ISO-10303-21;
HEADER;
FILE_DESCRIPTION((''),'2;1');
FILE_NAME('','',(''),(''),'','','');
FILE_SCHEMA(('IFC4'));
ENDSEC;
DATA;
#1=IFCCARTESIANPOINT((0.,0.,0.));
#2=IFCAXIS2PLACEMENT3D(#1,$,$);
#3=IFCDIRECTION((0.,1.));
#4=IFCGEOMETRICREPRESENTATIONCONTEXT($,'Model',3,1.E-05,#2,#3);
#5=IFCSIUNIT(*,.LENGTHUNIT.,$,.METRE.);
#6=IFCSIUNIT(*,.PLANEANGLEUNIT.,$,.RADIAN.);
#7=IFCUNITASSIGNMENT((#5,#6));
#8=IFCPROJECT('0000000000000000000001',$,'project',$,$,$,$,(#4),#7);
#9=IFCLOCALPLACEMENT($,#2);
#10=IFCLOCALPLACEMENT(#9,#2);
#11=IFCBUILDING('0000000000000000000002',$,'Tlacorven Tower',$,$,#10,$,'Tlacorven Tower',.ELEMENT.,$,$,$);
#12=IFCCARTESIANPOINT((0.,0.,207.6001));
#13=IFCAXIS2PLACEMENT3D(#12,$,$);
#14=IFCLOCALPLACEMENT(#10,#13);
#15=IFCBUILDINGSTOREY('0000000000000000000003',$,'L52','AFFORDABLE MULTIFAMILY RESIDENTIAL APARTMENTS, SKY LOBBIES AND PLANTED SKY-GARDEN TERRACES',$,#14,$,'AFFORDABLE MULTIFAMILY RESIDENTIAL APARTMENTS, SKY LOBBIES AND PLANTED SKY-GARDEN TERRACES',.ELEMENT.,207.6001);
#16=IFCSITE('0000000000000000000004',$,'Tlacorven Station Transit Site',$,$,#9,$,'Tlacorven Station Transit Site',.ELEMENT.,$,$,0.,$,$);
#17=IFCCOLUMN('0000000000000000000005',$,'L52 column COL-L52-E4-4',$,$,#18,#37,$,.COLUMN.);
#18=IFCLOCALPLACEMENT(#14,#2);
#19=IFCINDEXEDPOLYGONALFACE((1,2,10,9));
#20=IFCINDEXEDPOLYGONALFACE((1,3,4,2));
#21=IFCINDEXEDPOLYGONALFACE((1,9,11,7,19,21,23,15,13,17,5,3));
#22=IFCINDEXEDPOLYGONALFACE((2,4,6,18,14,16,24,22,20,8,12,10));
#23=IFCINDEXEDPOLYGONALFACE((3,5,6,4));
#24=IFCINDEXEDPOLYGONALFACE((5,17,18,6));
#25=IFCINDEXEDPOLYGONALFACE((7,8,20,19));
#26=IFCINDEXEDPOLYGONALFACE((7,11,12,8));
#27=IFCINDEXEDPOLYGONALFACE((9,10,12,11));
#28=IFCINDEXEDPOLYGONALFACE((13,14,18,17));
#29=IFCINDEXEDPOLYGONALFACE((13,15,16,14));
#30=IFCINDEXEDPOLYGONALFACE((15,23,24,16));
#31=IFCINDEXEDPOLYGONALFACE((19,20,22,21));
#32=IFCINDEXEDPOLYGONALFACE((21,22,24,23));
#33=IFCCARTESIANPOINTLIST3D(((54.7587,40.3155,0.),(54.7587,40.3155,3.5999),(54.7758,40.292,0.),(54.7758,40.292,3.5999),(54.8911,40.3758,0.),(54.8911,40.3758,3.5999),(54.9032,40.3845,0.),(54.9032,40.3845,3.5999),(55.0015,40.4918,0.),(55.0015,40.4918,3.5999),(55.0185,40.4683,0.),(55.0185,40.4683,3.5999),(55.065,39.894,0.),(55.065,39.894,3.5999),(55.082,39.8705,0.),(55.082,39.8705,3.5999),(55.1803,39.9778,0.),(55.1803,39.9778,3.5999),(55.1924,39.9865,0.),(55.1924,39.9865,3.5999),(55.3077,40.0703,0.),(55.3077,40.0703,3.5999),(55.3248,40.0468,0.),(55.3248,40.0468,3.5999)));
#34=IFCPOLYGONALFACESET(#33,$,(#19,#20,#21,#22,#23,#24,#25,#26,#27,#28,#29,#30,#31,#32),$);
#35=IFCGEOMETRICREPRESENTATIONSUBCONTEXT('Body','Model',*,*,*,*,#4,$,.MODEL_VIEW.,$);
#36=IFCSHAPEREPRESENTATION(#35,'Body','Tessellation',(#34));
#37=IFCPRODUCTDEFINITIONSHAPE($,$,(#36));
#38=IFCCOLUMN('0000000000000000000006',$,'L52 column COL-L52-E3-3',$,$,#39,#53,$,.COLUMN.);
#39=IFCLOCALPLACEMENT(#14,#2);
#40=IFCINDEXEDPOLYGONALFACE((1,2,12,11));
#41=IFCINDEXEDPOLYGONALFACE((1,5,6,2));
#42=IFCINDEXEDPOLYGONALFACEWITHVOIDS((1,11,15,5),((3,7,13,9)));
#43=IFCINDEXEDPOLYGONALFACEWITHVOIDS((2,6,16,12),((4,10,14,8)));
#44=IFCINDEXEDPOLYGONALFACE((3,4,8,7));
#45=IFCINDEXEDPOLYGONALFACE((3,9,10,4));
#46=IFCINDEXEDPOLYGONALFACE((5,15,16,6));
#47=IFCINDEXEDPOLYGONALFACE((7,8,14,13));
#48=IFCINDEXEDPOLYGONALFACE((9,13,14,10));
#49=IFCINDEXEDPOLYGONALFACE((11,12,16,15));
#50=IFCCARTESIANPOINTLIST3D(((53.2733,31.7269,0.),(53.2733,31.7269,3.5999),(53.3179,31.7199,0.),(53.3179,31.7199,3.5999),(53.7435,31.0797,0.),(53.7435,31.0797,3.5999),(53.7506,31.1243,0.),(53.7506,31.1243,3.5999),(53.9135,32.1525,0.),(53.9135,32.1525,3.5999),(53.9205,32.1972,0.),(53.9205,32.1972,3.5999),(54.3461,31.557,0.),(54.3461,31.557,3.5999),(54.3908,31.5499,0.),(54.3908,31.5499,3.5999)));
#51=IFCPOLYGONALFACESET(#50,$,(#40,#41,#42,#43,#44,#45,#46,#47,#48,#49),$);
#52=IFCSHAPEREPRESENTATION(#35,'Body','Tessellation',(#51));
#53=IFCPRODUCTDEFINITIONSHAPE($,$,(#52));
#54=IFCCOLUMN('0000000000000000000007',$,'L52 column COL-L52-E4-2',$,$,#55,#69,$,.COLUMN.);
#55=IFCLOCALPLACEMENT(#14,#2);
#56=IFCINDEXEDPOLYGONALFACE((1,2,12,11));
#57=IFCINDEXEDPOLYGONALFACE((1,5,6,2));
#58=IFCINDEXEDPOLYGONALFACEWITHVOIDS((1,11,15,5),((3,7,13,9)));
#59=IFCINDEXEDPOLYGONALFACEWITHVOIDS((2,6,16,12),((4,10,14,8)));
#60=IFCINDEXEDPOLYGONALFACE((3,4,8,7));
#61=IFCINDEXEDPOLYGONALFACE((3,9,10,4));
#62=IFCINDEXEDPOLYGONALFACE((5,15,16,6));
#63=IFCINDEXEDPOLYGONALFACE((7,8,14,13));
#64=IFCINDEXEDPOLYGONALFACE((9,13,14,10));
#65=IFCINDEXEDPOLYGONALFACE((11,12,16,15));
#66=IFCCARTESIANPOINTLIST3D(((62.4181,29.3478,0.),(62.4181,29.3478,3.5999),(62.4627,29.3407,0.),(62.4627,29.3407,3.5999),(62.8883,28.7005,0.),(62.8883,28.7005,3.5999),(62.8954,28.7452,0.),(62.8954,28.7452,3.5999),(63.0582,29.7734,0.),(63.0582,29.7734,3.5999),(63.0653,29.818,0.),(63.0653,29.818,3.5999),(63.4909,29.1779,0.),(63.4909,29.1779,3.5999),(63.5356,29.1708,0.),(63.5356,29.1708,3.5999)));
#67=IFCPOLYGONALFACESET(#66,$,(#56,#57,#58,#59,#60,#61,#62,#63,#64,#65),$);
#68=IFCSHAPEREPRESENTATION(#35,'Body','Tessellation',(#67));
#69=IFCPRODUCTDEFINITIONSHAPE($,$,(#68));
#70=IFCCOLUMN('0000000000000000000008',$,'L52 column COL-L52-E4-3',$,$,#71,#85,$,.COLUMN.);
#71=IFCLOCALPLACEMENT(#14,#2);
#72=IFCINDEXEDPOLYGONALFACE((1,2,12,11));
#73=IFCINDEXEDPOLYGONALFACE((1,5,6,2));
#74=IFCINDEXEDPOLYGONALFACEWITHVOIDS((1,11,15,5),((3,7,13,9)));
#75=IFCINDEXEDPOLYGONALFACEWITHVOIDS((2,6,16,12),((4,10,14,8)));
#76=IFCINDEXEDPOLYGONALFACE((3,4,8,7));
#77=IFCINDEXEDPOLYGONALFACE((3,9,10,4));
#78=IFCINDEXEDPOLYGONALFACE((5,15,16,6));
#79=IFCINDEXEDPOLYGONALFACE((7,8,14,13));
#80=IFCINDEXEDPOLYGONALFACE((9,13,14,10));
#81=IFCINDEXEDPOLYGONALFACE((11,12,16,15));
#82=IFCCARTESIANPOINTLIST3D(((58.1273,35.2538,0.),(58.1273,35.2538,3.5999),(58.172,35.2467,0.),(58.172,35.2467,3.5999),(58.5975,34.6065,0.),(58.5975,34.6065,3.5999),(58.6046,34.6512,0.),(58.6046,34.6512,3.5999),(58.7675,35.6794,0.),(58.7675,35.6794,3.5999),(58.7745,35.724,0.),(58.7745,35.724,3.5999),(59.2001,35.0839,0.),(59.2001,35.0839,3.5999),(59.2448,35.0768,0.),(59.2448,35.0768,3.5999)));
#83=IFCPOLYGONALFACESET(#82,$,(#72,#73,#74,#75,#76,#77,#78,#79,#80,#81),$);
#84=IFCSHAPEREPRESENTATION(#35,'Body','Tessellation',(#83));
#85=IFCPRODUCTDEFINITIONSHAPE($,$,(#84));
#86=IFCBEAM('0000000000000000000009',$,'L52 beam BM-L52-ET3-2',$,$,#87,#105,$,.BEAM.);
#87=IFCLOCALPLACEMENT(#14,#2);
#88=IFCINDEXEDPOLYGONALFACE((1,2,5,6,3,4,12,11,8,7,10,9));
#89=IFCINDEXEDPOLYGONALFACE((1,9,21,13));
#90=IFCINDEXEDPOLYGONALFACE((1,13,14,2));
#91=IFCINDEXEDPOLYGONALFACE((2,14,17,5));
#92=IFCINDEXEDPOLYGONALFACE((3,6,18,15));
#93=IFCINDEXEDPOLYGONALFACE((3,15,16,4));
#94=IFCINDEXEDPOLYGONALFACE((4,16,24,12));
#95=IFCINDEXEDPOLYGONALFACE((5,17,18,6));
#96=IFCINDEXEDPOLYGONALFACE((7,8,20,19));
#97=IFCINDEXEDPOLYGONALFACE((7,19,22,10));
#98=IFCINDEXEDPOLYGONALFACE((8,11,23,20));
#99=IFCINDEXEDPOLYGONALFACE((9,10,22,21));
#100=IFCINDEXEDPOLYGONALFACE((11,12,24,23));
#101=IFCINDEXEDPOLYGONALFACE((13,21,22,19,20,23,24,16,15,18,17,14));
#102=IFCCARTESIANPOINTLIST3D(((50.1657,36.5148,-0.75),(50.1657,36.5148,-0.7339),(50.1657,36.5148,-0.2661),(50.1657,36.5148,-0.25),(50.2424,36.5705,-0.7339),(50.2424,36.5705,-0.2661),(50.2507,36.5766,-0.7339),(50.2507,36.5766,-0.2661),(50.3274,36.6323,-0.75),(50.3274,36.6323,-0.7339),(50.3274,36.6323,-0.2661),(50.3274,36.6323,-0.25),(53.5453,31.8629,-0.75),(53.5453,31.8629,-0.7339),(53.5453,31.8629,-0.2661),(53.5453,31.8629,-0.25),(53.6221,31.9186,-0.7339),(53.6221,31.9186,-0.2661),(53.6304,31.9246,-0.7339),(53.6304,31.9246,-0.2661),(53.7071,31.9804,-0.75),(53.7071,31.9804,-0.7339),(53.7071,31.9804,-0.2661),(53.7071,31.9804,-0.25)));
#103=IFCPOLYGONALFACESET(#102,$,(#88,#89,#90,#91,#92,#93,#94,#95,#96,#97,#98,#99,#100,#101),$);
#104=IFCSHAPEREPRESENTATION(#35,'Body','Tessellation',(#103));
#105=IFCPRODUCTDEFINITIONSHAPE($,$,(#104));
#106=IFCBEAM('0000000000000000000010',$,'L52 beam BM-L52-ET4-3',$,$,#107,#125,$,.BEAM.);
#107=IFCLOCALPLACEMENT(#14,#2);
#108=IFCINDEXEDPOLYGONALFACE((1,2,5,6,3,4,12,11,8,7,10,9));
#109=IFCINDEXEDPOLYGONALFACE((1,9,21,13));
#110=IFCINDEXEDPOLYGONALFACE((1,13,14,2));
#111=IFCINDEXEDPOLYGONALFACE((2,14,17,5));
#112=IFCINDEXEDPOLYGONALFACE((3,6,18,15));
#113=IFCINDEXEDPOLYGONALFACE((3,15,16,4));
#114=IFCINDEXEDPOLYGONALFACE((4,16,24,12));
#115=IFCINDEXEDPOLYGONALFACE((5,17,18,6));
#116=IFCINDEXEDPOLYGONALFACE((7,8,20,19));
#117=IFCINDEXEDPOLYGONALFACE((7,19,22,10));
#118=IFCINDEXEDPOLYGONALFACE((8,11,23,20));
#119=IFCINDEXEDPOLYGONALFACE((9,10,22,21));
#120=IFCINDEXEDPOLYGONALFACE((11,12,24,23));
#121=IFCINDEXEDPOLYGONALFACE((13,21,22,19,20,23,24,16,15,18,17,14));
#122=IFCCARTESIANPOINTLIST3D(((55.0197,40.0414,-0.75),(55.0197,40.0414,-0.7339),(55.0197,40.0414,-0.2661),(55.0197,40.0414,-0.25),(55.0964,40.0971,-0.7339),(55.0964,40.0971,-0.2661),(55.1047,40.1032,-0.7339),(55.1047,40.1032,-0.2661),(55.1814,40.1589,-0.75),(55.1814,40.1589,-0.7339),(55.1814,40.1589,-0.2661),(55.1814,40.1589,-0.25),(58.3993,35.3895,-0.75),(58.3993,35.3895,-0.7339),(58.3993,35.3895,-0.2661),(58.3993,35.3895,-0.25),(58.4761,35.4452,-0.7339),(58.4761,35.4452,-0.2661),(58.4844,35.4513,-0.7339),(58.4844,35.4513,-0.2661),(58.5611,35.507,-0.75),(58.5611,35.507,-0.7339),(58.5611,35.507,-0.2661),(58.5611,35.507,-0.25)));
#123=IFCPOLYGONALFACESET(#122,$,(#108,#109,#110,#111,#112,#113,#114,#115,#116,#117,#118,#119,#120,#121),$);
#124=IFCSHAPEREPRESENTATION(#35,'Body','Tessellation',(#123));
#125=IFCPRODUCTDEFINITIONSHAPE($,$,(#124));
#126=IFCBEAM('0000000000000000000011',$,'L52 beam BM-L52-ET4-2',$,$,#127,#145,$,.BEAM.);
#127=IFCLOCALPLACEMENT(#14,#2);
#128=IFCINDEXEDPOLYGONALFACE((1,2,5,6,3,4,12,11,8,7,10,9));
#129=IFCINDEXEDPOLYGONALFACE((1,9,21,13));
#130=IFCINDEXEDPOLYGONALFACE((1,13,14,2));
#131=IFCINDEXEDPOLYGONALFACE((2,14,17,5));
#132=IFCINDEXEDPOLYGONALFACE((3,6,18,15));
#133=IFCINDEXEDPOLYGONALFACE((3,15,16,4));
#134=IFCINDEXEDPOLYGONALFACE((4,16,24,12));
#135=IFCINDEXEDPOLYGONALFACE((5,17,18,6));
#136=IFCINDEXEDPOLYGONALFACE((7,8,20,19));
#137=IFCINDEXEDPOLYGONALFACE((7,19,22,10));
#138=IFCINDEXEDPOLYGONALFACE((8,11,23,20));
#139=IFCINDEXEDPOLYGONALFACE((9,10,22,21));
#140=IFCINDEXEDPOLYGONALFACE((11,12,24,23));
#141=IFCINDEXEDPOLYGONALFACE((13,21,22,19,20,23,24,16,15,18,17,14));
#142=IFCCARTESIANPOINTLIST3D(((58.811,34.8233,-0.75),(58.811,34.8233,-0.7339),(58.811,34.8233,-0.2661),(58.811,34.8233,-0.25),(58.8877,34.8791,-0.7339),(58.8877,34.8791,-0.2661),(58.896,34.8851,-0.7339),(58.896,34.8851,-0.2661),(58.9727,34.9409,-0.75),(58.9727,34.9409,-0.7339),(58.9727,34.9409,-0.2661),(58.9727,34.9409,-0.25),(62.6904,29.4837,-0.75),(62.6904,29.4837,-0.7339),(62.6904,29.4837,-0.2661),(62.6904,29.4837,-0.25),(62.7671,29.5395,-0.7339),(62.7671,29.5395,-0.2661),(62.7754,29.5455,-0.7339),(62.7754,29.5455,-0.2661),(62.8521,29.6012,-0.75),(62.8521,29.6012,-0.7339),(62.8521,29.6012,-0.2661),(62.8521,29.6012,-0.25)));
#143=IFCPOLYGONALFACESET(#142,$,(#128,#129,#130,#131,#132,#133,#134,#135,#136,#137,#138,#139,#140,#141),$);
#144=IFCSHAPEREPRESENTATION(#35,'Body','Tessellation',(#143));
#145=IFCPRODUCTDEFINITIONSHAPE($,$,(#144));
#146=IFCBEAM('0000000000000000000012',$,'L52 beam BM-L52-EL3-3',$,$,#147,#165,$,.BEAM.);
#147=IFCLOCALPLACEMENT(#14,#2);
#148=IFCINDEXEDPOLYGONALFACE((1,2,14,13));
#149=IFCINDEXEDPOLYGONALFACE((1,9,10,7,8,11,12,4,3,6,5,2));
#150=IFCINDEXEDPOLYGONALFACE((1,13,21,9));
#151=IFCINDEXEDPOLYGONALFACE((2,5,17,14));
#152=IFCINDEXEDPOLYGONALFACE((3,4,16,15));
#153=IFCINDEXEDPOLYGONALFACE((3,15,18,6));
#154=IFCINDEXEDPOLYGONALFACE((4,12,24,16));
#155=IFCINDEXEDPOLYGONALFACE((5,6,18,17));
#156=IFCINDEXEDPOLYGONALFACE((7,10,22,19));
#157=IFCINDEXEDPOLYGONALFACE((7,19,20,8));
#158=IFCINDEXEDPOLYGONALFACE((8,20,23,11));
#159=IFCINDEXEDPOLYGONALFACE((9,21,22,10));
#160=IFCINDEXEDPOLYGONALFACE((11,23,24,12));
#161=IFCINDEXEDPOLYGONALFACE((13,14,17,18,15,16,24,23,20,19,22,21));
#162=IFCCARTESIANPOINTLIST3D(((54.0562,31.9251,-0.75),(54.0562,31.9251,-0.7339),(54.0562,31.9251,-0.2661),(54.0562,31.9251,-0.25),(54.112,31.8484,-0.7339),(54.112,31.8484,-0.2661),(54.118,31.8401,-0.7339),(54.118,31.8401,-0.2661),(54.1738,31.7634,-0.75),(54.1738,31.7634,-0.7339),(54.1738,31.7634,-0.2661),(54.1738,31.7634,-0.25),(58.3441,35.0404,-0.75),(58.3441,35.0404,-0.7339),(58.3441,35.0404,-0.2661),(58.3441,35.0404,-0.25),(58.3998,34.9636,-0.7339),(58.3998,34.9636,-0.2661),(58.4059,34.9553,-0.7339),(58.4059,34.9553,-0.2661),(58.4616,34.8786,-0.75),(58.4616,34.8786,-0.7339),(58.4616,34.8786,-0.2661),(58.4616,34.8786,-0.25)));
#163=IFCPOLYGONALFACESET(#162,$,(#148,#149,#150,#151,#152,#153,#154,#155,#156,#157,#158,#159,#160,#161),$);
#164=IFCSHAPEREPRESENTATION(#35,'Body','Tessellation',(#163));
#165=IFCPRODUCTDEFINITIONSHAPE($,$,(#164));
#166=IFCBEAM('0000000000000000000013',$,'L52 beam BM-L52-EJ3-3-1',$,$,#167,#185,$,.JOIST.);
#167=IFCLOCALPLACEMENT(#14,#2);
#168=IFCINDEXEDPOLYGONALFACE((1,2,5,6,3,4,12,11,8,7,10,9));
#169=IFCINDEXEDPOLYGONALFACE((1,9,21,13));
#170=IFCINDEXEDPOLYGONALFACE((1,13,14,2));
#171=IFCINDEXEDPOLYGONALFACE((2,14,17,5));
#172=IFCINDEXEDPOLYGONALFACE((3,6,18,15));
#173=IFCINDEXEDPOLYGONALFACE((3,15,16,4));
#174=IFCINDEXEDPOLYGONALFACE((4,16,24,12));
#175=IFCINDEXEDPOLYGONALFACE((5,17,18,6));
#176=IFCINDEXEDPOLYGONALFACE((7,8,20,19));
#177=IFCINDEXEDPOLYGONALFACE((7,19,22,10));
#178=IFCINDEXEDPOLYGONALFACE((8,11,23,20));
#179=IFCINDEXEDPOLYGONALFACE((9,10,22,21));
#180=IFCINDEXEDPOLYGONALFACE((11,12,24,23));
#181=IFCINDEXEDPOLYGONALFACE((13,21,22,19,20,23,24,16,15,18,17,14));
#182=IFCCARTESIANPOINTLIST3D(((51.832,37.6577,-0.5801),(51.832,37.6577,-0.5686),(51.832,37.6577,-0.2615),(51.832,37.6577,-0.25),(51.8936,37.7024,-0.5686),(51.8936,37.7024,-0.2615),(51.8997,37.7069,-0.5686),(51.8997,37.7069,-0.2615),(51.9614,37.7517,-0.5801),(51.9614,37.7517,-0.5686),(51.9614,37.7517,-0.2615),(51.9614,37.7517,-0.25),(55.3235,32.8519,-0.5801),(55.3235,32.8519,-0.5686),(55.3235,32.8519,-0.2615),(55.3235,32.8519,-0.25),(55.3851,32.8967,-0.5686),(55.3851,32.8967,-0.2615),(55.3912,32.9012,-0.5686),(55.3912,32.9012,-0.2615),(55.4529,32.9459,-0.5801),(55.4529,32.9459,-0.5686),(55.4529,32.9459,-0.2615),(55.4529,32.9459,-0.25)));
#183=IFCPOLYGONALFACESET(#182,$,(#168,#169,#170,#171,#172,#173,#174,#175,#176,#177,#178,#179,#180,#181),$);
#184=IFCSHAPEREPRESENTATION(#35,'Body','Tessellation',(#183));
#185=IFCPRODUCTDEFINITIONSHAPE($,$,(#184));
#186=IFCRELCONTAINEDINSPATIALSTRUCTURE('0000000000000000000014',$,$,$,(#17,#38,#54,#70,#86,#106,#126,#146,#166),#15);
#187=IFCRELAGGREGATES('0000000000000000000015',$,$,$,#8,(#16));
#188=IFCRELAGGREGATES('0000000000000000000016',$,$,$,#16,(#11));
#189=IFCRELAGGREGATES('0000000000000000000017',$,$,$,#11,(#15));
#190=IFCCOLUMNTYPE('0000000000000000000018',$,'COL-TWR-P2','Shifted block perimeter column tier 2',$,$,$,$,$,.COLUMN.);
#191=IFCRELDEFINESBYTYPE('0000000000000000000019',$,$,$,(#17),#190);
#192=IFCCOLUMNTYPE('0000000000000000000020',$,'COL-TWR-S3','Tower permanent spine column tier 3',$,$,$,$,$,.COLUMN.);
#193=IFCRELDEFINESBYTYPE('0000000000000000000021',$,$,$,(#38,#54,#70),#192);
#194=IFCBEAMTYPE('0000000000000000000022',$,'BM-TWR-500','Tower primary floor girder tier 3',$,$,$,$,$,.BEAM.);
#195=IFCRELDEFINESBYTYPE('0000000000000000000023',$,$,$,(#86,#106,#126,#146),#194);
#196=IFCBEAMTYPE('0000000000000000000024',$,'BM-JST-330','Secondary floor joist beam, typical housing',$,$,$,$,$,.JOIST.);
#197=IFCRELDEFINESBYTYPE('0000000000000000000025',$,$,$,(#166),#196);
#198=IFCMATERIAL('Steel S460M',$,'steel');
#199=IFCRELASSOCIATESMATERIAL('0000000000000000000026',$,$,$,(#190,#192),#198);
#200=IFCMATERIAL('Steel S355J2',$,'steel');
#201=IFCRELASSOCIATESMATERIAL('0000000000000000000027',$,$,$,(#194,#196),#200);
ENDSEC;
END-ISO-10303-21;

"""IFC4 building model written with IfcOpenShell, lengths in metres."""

from ifc_helpers import new_model, si_unit, direction, frame, origin, origin_2d, place, context, subcontext, project, spatial, hollow_rectangle, i_section, extrude, source, transform, mapped, material, material_profile, profile_set, type_object, element, save


model = new_model("IFC4")

# Units and contexts
model_context = context("Model", 3, precision=1e-05, world=origin(), true_north=direction((0.0, 1.0)))
body_context = subcontext(model_context, "Body", "Model", "MODEL_VIEW")
ifc_project = project(units=[si_unit("LENGTHUNIT", "METRE"), si_unit("PLANEANGLEUNIT", "RADIAN")], contexts=[model_context])

# Site, building, storey
site_placement = place(None, origin())
site = spatial("IfcSite", under=ifc_project, at=site_placement, Name="Tlacorven Station Transit Site", LongName="Tlacorven Station Transit Site", CompositionType="ELEMENT", RefElevation=0.0)
building_placement = place(site_placement, origin())
building = spatial("IfcBuilding", under=site, at=building_placement, Name="Tlacorven Tower", LongName="Tlacorven Tower", CompositionType="ELEMENT")
storey_placement = place(building_placement, frame((0.0, 0.0, 207.6001)))
storey = spatial("IfcBuildingStorey", under=building, at=storey_placement, Name="L52", Description="AFFORDABLE MULTIFAMILY RESIDENTIAL APARTMENTS, SKY LOBBIES AND PLANTED SKY-GARDEN TERRACES", LongName="AFFORDABLE MULTIFAMILY RESIDENTIAL APARTMENTS, SKY LOBBIES AND PLANTED SKY-GARDEN TERRACES", CompositionType="ELEMENT", Elevation=207.6001)

# Columns
ifc_material_1 = material(Name="Steel S460M", Category="steel")
ifc_material_profile_1 = material_profile(ifc_material_1, i_section(OverallWidth=0.3, OverallDepth=0.55, WebThickness=0.0149, FlangeThickness=0.0291, at=origin_2d()), Name="HEB 550")
ifc_profile_set_1 = profile_set([ifc_material_profile_1], Name="Steel S460M")
column_type_1 = type_object("IfcColumnType", Name="COL-TWR-P2", Description="Shifted block perimeter column tier 2", PredefinedType="COLUMN", material=ifc_profile_set_1)
shared_shape_1 = source(origin(), body_context, "Body", "SweptSolid", [
    extrude(i_section(OverallWidth=0.3, OverallDepth=0.55, WebThickness=0.0149, FlangeThickness=0.0291, at=origin_2d()), origin(), (0.0, 0.0, 1.0), 3.5999),
])
column_placement = place(storey_placement, frame((55.0417, 40.1812, 0.0), z_axis=(0.0, 0.0, 1.0), x_axis=(0.809017, 0.587785, 0.0)))
element("IfcColumn", 1, at=column_placement, inside=storey, type_object=column_type_1, Name="L52 column COL-L52-E4-4", PredefinedType="COLUMN", context=body_context, shape_type="MappedRepresentation", body=[
    mapped(shared_shape_1, transform((0.0, 0.0, 0.0), scale=1.0)),
])
ifc_material_profile_2 = material_profile(ifc_material_1, hollow_rectangle(XDim=0.8, YDim=0.8, WallThickness=0.032, at=origin_2d()), Name="BOX 800X800X32")
ifc_profile_set_2 = profile_set([ifc_material_profile_2], Name="Steel S460M")
column_type_2 = type_object("IfcColumnType", Name="COL-TWR-S3", Description="Tower permanent spine column tier 3", PredefinedType="COLUMN", material=ifc_profile_set_2)
shared_shape_2 = source(origin(), body_context, "Body", "SweptSolid", [
    extrude(hollow_rectangle(XDim=0.8, YDim=0.8, WallThickness=0.032, at=origin_2d()), origin(), (0.0, 0.0, 1.0), 3.5999),
])
for number, where, z_axis, x_axis, name in (
    (2, (53.832, 31.6384, 0.0), (0.0, 0.0, 1.0), (0.809017, 0.587785, 0.0), "L52 column COL-L52-E3-3"),
    (3, (62.9768, 29.2593, 0.0), (0.0, 0.0, 1.0), (0.809017, 0.587785, 0.0), "L52 column COL-L52-E4-2"),
    (4, (58.686, 35.1653, 0.0), (0.0, 0.0, 1.0), (0.809017, 0.587785, 0.0), "L52 column COL-L52-E4-3"),
):
    element("IfcColumn", number, at=place(storey_placement, frame(where, z_axis=z_axis, x_axis=x_axis)), inside=storey, type_object=column_type_2, Name=name, PredefinedType="COLUMN", context=body_context, shape_type="MappedRepresentation", body=[
        mapped(shared_shape_2, transform((0.0, 0.0, 0.0), scale=1.0)),
    ])

# Beams
ifc_material_2 = material(Name="Steel S355J2", Category="steel")
ifc_material_profile_3 = material_profile(ifc_material_2, i_section(OverallWidth=0.2, OverallDepth=0.5, WebThickness=0.0103, FlangeThickness=0.0161, at=origin_2d()), Name="IPE 500")
ifc_profile_set_3 = profile_set([ifc_material_profile_3], Name="Steel S355J2")
beam_type_1 = type_object("IfcBeamType", Name="BM-TWR-500", Description="Tower primary floor girder tier 3", PredefinedType="BEAM", material=ifc_profile_set_3)
shared_shape_3 = source(origin(), body_context, "Body", "SweptSolid", [
    extrude(i_section(OverallWidth=0.2, OverallDepth=0.5, WebThickness=0.0103, FlangeThickness=0.0161, at=origin_2d()), origin(), (0.0, 0.0, 1.0), 5.75),
])
for number, where, z_axis, x_axis, name in (
    (5, (53.6262, 31.9216, -0.5), (-0.58777, 0.809028, 0.0), (-0.809028, -0.58777, 0.0), "L52 beam BM-L52-ET3-2"),
    (6, (58.4802, 35.4482, -0.5), (-0.58777, 0.809028, 0.0), (-0.809028, -0.58777, 0.0), "L52 beam BM-L52-ET4-3"),
):
    element("IfcBeam", number, at=place(storey_placement, frame(where, z_axis=z_axis, x_axis=x_axis)), inside=storey, type_object=beam_type_1, Name=name, PredefinedType="BEAM", context=body_context, shape_type="MappedRepresentation", body=[
        mapped(shared_shape_3, transform((0.0, 0.0, 0.0), scale=1.0)),
    ])
shared_shape_4 = source(origin(), body_context, "Body", "SweptSolid", [
    extrude(i_section(OverallWidth=0.2, OverallDepth=0.5, WebThickness=0.0103, FlangeThickness=0.0161, at=origin_2d()), origin(), (0.0, 0.0, 1.0), 6.6001),
])
beam_1_placement = place(storey_placement, frame((62.7712, 29.5425, -0.5), z_axis=(-0.58778, 0.809021, 0.0), x_axis=(-0.809021, -0.58778, 0.0)))
element("IfcBeam", 7, at=beam_1_placement, inside=storey, type_object=beam_type_1, Name="L52 beam BM-L52-ET4-2", PredefinedType="BEAM", context=body_context, shape_type="MappedRepresentation", body=[
    mapped(shared_shape_4, transform((0.0, 0.0, 0.0), scale=1.0)),
])
shared_shape_5 = source(origin(), body_context, "Body", "SweptSolid", [
    extrude(i_section(OverallWidth=0.2, OverallDepth=0.5, WebThickness=0.0103, FlangeThickness=0.0161, at=origin_2d()), origin(), (0.0, 0.0, 1.0), 5.3),
])
beam_2_placement = place(storey_placement, frame((54.115, 31.8442, -0.5), z_axis=(0.809023, 0.587777, 0.0), x_axis=(-0.587777, 0.809023, 0.0)))
element("IfcBeam", 8, at=beam_2_placement, inside=storey, type_object=beam_type_1, Name="L52 beam BM-L52-EL3-3", PredefinedType="BEAM", context=body_context, shape_type="MappedRepresentation", body=[
    mapped(shared_shape_5, transform((0.0, 0.0, 0.0), scale=1.0)),
])
ifc_material_profile_4 = material_profile(ifc_material_2, i_section(OverallWidth=0.1599, OverallDepth=0.3301, WebThickness=0.0076, FlangeThickness=0.0115, at=origin_2d()), Name="IPE 330")
ifc_profile_set_4 = profile_set([ifc_material_profile_4], Name="Steel S355J2")
beam_type_2 = type_object("IfcBeamType", Name="BM-JST-330", Description="Secondary floor joist beam, typical housing", PredefinedType="JOIST", material=ifc_profile_set_4)
shared_shape_6 = source(origin(), body_context, "Body", "SweptSolid", [
    extrude(i_section(OverallWidth=0.1599, OverallDepth=0.3301, WebThickness=0.0076, FlangeThickness=0.0115, at=origin_2d()), origin(), (0.0, 0.0, 1.0), 5.9402),
])
for number, where, z_axis, x_axis, name in (
    (9, (55.3882, 32.8989, -0.415), (-0.587778, 0.809022, 0.0), (-0.809022, -0.587778, 0.0), "L52 beam BM-L52-EJ3-3-1"),
):
    element("IfcBeam", number, at=place(storey_placement, frame(where, z_axis=z_axis, x_axis=x_axis)), inside=storey, type_object=beam_type_2, Name=name, PredefinedType="JOIST", context=body_context, shape_type="MappedRepresentation", body=[
        mapped(shared_shape_6, transform((0.0, 0.0, 0.0), scale=1.0)),
    ])

save(model, "model.ifc")
